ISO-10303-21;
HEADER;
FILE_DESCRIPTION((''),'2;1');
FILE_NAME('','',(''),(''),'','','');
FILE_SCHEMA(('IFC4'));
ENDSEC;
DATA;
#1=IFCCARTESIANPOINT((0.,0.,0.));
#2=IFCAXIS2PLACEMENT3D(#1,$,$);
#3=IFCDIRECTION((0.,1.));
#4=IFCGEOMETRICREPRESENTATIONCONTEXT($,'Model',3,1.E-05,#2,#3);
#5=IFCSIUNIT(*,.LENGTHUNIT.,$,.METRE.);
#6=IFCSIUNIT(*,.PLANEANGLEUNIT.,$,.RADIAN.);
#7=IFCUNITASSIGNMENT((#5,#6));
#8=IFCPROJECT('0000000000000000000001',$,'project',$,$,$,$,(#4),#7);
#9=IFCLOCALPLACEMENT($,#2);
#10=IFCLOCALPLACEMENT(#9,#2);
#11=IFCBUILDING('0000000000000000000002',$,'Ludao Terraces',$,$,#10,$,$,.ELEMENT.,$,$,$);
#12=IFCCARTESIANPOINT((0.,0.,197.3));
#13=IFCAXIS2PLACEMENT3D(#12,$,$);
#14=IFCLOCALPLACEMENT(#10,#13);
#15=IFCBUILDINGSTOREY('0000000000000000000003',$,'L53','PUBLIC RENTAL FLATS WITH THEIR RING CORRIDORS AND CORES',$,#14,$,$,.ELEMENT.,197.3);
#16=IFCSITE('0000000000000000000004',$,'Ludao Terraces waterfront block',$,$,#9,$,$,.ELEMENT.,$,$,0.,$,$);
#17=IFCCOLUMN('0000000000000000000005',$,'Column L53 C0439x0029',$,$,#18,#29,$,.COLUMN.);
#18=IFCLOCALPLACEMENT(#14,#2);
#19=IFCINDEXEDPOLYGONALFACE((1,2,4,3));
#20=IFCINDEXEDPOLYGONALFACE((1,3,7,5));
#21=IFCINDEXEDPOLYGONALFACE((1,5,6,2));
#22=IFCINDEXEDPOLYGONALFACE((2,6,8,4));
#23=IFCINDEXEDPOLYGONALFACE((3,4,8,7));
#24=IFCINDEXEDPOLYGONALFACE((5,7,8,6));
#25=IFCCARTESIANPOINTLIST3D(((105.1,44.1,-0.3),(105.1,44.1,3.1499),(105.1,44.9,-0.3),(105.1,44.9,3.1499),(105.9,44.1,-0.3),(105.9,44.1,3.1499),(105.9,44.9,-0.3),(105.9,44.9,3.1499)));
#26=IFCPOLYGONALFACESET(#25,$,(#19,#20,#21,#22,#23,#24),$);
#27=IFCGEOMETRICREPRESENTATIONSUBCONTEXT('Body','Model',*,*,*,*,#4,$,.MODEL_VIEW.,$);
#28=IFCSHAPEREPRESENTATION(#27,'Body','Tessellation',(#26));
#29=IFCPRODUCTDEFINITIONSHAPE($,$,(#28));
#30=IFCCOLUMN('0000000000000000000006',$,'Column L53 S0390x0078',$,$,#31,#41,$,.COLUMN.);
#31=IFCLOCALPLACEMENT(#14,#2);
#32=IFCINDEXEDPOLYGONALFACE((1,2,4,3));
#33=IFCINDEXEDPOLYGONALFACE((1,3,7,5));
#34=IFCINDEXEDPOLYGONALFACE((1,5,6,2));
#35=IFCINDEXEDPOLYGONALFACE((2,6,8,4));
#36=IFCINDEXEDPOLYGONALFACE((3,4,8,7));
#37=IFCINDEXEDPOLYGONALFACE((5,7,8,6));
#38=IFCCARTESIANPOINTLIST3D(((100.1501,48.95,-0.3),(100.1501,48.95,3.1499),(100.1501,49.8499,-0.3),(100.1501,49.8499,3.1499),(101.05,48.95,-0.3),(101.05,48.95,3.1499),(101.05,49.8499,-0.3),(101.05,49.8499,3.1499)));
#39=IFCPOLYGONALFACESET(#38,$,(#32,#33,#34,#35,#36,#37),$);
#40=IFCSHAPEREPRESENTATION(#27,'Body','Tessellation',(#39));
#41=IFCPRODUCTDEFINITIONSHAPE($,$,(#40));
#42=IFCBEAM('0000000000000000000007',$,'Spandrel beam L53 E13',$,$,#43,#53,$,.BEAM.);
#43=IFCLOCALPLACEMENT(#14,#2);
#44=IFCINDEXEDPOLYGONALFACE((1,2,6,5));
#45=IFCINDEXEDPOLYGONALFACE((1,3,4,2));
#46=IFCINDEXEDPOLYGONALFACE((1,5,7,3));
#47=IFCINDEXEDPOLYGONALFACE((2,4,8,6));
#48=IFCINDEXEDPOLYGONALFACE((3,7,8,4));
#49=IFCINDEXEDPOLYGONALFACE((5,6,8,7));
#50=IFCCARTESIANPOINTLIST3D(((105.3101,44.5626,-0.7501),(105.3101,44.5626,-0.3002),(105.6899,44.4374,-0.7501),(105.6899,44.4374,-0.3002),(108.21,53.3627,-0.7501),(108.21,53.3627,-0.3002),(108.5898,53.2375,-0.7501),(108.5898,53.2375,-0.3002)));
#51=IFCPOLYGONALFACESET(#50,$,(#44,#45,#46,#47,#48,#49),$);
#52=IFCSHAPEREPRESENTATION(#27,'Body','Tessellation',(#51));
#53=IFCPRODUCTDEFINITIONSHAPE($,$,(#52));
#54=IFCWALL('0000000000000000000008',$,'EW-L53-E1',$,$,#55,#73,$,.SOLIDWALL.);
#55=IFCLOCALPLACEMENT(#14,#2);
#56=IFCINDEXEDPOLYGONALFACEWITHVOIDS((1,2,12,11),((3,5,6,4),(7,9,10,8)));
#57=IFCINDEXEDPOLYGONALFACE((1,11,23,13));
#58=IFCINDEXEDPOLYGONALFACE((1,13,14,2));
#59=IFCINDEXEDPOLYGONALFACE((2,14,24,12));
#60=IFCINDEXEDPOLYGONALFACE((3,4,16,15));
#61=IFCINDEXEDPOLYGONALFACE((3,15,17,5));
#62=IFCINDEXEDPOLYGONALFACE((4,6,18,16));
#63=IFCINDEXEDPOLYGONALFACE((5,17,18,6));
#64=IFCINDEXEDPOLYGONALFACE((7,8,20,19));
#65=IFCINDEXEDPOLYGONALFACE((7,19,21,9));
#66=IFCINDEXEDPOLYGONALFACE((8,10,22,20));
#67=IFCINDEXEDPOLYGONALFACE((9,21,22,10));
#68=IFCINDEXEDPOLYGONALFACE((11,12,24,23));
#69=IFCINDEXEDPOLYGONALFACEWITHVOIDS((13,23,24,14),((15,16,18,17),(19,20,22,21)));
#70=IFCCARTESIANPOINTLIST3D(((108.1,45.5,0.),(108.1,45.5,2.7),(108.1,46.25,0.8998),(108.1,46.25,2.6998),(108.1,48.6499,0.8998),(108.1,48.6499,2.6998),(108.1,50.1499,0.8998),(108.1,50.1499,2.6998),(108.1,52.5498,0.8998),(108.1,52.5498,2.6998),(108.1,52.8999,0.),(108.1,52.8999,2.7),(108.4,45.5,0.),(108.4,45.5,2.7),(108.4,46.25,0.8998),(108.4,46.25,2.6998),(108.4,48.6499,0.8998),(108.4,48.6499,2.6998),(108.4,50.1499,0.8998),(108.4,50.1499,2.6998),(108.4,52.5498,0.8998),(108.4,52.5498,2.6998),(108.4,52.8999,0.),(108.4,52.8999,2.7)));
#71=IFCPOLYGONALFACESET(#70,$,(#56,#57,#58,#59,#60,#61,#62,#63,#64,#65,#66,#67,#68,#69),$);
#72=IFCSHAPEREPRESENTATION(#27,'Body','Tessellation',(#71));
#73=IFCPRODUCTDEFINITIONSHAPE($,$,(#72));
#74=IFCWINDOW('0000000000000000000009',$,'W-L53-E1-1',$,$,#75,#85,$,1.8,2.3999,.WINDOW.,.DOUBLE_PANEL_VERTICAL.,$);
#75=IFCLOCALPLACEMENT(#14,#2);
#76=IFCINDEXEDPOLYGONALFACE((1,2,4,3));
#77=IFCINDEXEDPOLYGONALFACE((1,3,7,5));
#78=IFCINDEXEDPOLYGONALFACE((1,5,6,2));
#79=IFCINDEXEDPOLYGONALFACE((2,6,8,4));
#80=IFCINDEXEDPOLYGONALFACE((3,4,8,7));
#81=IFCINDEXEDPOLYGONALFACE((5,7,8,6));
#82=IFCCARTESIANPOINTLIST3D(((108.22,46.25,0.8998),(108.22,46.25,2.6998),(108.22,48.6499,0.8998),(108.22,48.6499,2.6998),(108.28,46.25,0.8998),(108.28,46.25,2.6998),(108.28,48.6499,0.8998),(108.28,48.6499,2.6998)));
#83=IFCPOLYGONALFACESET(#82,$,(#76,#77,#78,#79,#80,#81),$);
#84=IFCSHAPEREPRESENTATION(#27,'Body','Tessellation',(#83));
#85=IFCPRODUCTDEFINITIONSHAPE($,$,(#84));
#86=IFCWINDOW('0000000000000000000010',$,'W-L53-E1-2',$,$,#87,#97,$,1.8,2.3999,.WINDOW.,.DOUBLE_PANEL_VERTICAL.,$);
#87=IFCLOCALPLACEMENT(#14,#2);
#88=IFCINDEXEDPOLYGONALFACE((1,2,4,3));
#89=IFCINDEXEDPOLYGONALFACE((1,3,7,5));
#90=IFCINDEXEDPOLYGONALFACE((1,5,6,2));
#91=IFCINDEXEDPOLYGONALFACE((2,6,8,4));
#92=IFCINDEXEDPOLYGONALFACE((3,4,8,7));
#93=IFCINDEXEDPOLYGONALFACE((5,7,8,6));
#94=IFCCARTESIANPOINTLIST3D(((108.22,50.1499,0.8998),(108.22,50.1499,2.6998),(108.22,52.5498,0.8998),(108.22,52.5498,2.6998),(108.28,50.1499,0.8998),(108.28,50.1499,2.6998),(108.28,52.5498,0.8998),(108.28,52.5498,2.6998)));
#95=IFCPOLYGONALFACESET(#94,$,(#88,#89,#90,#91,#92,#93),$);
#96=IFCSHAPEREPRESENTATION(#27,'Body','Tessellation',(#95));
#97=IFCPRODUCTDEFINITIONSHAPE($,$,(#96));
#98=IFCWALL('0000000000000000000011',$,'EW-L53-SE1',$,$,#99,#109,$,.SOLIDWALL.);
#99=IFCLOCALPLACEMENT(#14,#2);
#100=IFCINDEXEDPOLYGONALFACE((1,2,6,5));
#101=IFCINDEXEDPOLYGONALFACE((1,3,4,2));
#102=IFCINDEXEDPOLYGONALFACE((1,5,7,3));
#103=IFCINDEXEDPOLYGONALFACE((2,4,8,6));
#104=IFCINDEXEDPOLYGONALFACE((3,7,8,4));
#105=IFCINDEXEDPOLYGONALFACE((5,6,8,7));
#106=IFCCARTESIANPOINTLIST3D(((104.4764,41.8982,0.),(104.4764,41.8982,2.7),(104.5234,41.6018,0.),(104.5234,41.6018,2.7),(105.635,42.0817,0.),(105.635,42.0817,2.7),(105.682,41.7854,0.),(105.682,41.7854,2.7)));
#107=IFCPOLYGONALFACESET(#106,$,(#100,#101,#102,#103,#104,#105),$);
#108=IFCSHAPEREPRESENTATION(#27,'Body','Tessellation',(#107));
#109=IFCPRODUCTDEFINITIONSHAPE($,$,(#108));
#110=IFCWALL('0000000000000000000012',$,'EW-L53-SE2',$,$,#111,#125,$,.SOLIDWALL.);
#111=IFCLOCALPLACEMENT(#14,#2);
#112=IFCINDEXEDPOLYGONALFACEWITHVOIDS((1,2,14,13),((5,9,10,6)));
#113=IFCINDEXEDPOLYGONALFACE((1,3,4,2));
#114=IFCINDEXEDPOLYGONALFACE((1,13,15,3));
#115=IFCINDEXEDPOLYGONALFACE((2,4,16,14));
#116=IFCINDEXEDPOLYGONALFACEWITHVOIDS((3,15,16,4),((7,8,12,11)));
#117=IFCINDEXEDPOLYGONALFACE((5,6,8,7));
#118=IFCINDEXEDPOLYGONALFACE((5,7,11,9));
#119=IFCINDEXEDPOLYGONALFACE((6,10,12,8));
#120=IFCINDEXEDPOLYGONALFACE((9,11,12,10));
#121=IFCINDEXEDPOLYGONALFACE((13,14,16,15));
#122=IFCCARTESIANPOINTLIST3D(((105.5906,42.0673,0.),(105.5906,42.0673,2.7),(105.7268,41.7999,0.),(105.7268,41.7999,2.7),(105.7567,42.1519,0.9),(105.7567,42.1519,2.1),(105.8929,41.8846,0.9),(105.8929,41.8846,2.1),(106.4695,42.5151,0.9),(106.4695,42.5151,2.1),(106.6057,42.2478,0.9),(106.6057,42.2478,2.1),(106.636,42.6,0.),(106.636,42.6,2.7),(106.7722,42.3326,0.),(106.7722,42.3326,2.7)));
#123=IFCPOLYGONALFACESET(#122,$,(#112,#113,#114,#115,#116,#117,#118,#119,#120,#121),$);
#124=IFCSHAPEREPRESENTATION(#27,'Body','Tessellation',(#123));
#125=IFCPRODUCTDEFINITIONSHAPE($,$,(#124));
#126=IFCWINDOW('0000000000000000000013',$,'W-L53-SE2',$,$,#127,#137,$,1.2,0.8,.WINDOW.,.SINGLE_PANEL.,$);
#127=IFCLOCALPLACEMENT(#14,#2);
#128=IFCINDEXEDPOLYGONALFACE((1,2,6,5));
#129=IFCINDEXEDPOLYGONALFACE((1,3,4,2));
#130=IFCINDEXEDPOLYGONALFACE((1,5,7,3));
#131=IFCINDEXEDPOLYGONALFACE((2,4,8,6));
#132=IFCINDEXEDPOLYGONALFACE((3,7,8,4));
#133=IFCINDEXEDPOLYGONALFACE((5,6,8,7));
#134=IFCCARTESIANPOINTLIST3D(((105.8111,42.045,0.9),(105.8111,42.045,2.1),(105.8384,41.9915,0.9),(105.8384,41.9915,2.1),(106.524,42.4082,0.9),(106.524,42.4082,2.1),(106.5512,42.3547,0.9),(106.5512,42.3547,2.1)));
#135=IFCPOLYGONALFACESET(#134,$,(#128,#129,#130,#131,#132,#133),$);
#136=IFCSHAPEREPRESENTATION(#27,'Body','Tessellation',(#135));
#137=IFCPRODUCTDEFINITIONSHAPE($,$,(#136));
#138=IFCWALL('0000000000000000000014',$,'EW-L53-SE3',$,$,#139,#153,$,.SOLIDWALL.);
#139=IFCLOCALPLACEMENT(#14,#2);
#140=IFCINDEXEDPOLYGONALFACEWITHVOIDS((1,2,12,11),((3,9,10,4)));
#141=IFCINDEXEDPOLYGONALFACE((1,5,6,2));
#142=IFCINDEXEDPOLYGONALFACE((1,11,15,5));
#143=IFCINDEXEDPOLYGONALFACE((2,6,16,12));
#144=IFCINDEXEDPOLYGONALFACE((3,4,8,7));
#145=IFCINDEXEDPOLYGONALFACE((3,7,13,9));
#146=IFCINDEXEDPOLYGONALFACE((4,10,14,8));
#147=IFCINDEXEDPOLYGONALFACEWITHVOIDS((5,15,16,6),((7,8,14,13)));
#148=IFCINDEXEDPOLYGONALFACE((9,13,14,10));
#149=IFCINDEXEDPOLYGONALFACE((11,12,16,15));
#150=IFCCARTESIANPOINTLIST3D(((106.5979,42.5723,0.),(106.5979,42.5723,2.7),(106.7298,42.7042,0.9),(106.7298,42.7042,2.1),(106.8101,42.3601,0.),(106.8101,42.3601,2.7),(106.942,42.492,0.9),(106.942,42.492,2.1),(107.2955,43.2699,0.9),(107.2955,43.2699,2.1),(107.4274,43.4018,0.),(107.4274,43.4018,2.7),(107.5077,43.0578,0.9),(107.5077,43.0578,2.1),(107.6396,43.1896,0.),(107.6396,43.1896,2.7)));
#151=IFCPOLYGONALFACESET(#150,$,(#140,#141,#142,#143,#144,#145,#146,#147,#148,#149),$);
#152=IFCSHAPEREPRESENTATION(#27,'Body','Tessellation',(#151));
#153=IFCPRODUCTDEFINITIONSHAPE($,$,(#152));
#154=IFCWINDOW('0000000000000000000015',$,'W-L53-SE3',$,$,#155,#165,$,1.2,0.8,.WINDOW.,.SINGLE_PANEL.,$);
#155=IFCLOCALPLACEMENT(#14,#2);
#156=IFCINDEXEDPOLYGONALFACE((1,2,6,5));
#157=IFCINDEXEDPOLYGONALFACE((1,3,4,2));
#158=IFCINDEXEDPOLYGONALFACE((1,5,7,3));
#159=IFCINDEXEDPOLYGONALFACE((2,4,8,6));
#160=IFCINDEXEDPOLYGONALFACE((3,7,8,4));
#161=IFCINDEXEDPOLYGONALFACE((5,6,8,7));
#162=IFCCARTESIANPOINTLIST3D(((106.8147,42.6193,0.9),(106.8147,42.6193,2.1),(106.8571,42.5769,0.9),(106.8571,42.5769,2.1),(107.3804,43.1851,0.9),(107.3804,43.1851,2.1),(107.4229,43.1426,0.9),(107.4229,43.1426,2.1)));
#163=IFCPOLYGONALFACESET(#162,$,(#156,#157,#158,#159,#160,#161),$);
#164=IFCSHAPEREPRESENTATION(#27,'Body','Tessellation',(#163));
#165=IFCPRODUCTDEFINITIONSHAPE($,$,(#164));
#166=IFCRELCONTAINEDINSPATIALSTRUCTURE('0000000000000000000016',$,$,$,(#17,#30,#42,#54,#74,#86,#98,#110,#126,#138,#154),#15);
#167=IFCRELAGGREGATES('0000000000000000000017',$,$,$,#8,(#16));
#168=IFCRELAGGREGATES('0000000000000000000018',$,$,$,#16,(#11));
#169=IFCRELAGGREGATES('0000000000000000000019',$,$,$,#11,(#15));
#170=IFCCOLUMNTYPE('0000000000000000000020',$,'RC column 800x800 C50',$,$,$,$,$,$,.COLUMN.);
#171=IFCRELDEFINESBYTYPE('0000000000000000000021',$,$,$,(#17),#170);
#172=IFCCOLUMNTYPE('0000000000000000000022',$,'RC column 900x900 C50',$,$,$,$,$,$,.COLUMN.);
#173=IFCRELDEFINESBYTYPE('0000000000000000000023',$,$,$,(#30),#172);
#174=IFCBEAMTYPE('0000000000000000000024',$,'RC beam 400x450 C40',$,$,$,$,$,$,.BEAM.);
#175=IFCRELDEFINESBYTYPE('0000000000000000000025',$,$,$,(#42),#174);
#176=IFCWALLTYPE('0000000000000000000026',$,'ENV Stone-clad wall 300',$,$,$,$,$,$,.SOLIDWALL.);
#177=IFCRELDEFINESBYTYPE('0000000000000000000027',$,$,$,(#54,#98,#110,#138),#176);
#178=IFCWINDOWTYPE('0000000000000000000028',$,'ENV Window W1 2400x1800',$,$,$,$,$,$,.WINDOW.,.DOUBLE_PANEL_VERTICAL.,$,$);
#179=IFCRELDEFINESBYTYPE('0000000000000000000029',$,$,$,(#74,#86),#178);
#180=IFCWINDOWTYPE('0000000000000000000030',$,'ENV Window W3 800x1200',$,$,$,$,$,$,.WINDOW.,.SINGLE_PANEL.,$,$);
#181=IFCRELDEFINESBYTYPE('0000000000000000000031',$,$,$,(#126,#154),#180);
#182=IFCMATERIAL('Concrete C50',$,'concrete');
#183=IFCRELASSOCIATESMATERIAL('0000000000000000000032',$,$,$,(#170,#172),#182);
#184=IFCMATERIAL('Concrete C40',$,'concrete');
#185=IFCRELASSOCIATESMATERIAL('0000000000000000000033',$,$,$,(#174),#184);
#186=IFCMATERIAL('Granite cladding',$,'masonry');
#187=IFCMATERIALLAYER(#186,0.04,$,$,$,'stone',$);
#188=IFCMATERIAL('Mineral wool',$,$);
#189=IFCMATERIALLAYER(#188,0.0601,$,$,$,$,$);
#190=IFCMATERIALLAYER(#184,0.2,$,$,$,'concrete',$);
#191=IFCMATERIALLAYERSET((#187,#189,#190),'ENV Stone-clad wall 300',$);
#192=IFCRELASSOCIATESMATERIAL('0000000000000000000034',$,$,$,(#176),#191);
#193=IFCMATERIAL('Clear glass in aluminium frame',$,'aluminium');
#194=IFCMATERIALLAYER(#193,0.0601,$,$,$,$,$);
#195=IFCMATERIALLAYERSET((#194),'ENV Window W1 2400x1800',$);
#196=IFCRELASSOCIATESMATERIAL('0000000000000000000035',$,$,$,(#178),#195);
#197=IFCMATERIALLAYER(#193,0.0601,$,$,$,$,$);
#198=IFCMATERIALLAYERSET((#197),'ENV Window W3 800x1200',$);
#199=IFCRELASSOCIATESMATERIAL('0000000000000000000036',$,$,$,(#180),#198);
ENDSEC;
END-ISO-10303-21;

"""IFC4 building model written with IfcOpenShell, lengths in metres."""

from ifc_helpers import new_model, si_unit, direction, frame, frame_2d, origin, origin_2d, place, context, subcontext, project, spatial, rectangle, extrude, material, layer, layer_set, material_profile, profile_set, type_object, element, fill, save


model = new_model("IFC4")

# Units and contexts
model_context = context("Model", 3, precision=1e-05, world=origin(), true_north=direction((0.0, 1.0)))
body_context = subcontext(model_context, "Body", "Model", "MODEL_VIEW")
ifc_project = project(units=[si_unit("LENGTHUNIT", "METRE"), si_unit("PLANEANGLEUNIT", "RADIAN")], contexts=[model_context])

# Site, building, storey
site_placement = place(None, origin())
site = spatial("IfcSite", under=ifc_project, at=site_placement, Name="Ludao Terraces waterfront block", CompositionType="ELEMENT", RefElevation=0.0)
building_placement = place(site_placement, origin())
building = spatial("IfcBuilding", under=site, at=building_placement, Name="Ludao Terraces", CompositionType="ELEMENT")
storey_placement = place(building_placement, frame((0.0, 0.0, 197.3)))
storey = spatial("IfcBuildingStorey", under=building, at=storey_placement, Name="L53", Description="PUBLIC RENTAL FLATS WITH THEIR RING CORRIDORS AND CORES", CompositionType="ELEMENT", Elevation=197.3)

# Columns
ifc_material_1 = material(Name="Concrete C50", Category="concrete")
ifc_material_profile_1 = material_profile(ifc_material_1, rectangle(XDim=0.8, YDim=0.8, at=origin_2d()), Name="800 X 800")
ifc_profile_set_1 = profile_set([ifc_material_profile_1], Name="Concrete C50")
column_type_1 = type_object("IfcColumnType", Name="RC column 800x800 C50", PredefinedType="COLUMN", material=ifc_profile_set_1)
column_1_placement = place(storey_placement, frame((105.5, 44.5, -0.3), z_axis=(0.0, 0.0, 1.0), x_axis=(1.0, 0.0, 0.0)))
element("IfcColumn", 1, at=column_1_placement, inside=storey, type_object=column_type_1, Name="Column L53 C0439x0029", PredefinedType="COLUMN", context=body_context, shape_type="SweptSolid", body=[
    extrude(rectangle(XDim=0.8, YDim=0.8, at=origin_2d()), origin(), (0.0, 0.0, 1.0), 3.45),
])
ifc_material_profile_2 = material_profile(ifc_material_1, rectangle(XDim=0.8999, YDim=0.8999, at=origin_2d()), Name="900 X 900")
ifc_profile_set_2 = profile_set([ifc_material_profile_2], Name="Concrete C50")
column_type_2 = type_object("IfcColumnType", Name="RC column 900x900 C50", PredefinedType="COLUMN", material=ifc_profile_set_2)
column_2_placement = place(storey_placement, frame((100.6001, 49.3999, -0.3), z_axis=(0.0, 0.0, 1.0), x_axis=(1.0, 0.0, 0.0)))
element("IfcColumn", 2, at=column_2_placement, inside=storey, type_object=column_type_2, Name="Column L53 S0390x0078", PredefinedType="COLUMN", context=body_context, shape_type="SweptSolid", body=[
    extrude(rectangle(XDim=0.8999, YDim=0.8999, at=origin_2d()), origin(), (0.0, 0.0, 1.0), 3.45),
])

# Beam
ifc_material_2 = material(Name="Concrete C40", Category="concrete")
ifc_material_profile_3 = material_profile(ifc_material_2, rectangle(XDim=0.3999, YDim=0.45, at=origin_2d()), Name="400 X 450")
ifc_profile_set_3 = profile_set([ifc_material_profile_3], Name="Concrete C40")
beam_type = type_object("IfcBeamType", Name="RC beam 400x450 C40", PredefinedType="BEAM", material=ifc_profile_set_3)
beam_placement = place(storey_placement, frame((105.5, 44.5, -0.5251), z_axis=(0.312977, 0.949761, 0.0), x_axis=(-0.949761, 0.312977, 0.0)))
element("IfcBeam", 3, at=beam_placement, inside=storey, type_object=beam_type, Name="Spandrel beam L53 E13", PredefinedType="BEAM", context=body_context, shape_type="SweptSolid", body=[
    extrude(rectangle(XDim=0.3999, YDim=0.45, at=origin_2d()), origin(), (0.0, 0.0, 1.0), 9.2656),
])

# Wall, openings, windows
ifc_material_3 = material(Name="Granite cladding", Category="masonry")
ifc_layer_1 = layer(ifc_material_3, 0.04, Category="stone")
ifc_material_4 = material(Name="Mineral wool")
ifc_layer_2 = layer(ifc_material_4, 0.0601)
ifc_layer_3 = layer(ifc_material_2, 0.2, Category="concrete")
ifc_layer_set_1 = layer_set([ifc_layer_1, ifc_layer_2, ifc_layer_3], Name="ENV Stone-clad wall 300")
wall_type_1 = type_object("IfcWallType", Name="ENV Stone-clad wall 300", PredefinedType="SOLIDWALL", material=ifc_layer_set_1)
wall_1_placement = place(storey_placement, frame((108.25, 45.5, 0.0), z_axis=(0.0, 0.0, 1.0), x_axis=(0.0, 1.0, 0.0)))
wall_1 = element("IfcWall", 4, at=wall_1_placement, inside=storey, type_object=wall_type_1, Name="EW-L53-E1", PredefinedType="SOLIDWALL", context=body_context, shape_type="SweptSolid", body=[
    extrude(rectangle(XDim=7.3999, YDim=0.3, at=frame_2d((3.7, 0.0))), origin(), (0.0, 0.0, 1.0), 2.7),
])
opening_1_placement = place(wall_1_placement, frame((0.75, 0.0, 0.8999)))
opening_1 = element("IfcOpeningElement", 5, at=opening_1_placement, cuts=wall_1, PredefinedType="OPENING", context=body_context, shape_type="SweptSolid", body=[
    extrude(rectangle(XDim=2.3999, YDim=1.8, at=frame_2d((1.2, 0.8999))), frame((0.0, 0.1602, 0.0), z_axis=(0.0, -1.0, 0.0), x_axis=(1.0, 0.0, 0.0)), (0.0, 0.0, 1.0), 0.3201),
])
opening_2_placement = place(wall_1_placement, frame((4.6499, 0.0, 0.8999)))
opening_2 = element("IfcOpeningElement", 6, at=opening_2_placement, cuts=wall_1, PredefinedType="OPENING", context=body_context, shape_type="SweptSolid", body=[
    extrude(rectangle(XDim=2.3999, YDim=1.8, at=frame_2d((1.2, 0.8999))), frame((0.0, 0.1602, 0.0), z_axis=(0.0, -1.0, 0.0), x_axis=(1.0, 0.0, 0.0)), (0.0, 0.0, 1.0), 0.3201),
])
ifc_material_5 = material(Name="Clear glass in aluminium frame", Category="aluminium")
ifc_layer_4 = layer(ifc_material_5, 0.0601)
ifc_layer_set_2 = layer_set([ifc_layer_4], Name="ENV Window W1 2400x1800")
window_type_1 = type_object("IfcWindowType", Name="ENV Window W1 2400x1800", PartitioningType="DOUBLE_PANEL_VERTICAL", PredefinedType="WINDOW", material=ifc_layer_set_2)
window_1_placement = place(opening_1_placement, origin())
window_1 = element("IfcWindow", 7, at=window_1_placement, inside=storey, type_object=window_type_1, Name="W-L53-E1-1", OverallHeight=1.8, OverallWidth=2.3999, PartitioningType="DOUBLE_PANEL_VERTICAL", PredefinedType="WINDOW", context=body_context, shape_type="SweptSolid", body=[
    extrude(rectangle(XDim=2.3999, YDim=1.8, at=frame_2d((1.2, 0.8999))), frame((0.0, 0.03, 0.0), z_axis=(0.0, -1.0, 0.0), x_axis=(1.0, 0.0, 0.0)), (0.0, 0.0, 1.0), 0.0601),
])
fill(opening_1, window_1)
window_2_placement = place(opening_2_placement, origin())
window_2 = element("IfcWindow", 8, at=window_2_placement, inside=storey, type_object=window_type_1, Name="W-L53-E1-2", OverallHeight=1.8, OverallWidth=2.3999, PartitioningType="DOUBLE_PANEL_VERTICAL", PredefinedType="WINDOW", context=body_context, shape_type="SweptSolid", body=[
    extrude(rectangle(XDim=2.3999, YDim=1.8, at=frame_2d((1.2, 0.8999))), frame((0.0, 0.03, 0.0), z_axis=(0.0, -1.0, 0.0), x_axis=(1.0, 0.0, 0.0)), (0.0, 0.0, 1.0), 0.0601),
])
fill(opening_2, window_2)

# Wall
wall_2_placement = place(storey_placement, frame((104.5, 41.75, 0.0), z_axis=(0.0, 0.0, 1.0), x_axis=(0.987678, 0.156497, 0.0)))
element("IfcWall", 9, at=wall_2_placement, inside=storey, type_object=wall_type_1, Name="EW-L53-SE1", PredefinedType="SOLIDWALL", context=body_context, shape_type="SweptSolid", body=[
    extrude(rectangle(XDim=1.1731, YDim=0.3, at=frame_2d((0.5864, 0.0))), origin(), (0.0, 0.0, 1.0), 2.7),
])

# Walls, openings, windows
wall_3_placement = place(storey_placement, frame((105.6587, 41.9336, 0.0), z_axis=(0.0, 0.0, 1.0), x_axis=(0.890989, 0.454026, 0.0)))
wall_3 = element("IfcWall", 10, at=wall_3_placement, inside=storey, type_object=wall_type_1, Name="EW-L53-SE2", PredefinedType="SOLIDWALL", context=body_context, shape_type="SweptSolid", body=[
    extrude(rectangle(XDim=1.1733, YDim=0.3, at=frame_2d((0.5867, 0.0))), origin(), (0.0, 0.0, 1.0), 2.7),
])
opening_3_placement = place(wall_3_placement, frame((0.1865, 0.0, 0.8999)))
opening_3 = element("IfcOpeningElement", 11, at=opening_3_placement, cuts=wall_3, PredefinedType="OPENING", context=body_context, shape_type="SweptSolid", body=[
    extrude(rectangle(XDim=0.8, YDim=1.2, at=frame_2d((0.3999, 0.6001))), frame((0.0, 0.1602, 0.0), z_axis=(0.0, -1.0, 0.0), x_axis=(1.0, 0.0, 0.0)), (0.0, 0.0, 1.0), 0.3201),
])
ifc_layer_5 = layer(ifc_material_5, 0.0601)
ifc_layer_set_3 = layer_set([ifc_layer_5], Name="ENV Window W3 800x1200")
window_type_2 = type_object("IfcWindowType", Name="ENV Window W3 800x1200", PartitioningType="SINGLE_PANEL", PredefinedType="WINDOW", material=ifc_layer_set_3)
window_3_placement = place(opening_3_placement, origin())
window_3 = element("IfcWindow", 12, at=window_3_placement, inside=storey, type_object=window_type_2, Name="W-L53-SE2", OverallHeight=1.2, OverallWidth=0.8, PartitioningType="SINGLE_PANEL", PredefinedType="WINDOW", context=body_context, shape_type="SweptSolid", body=[
    extrude(rectangle(XDim=0.8, YDim=1.2, at=frame_2d((0.3999, 0.6001))), frame((0.0, 0.03, 0.0), z_axis=(0.0, -1.0, 0.0), x_axis=(1.0, 0.0, 0.0)), (0.0, 0.0, 1.0), 0.0601),
])
fill(opening_3, window_3)
wall_4_placement = place(storey_placement, frame((106.7041, 42.4663, 0.0), z_axis=(0.0, 0.0, 1.0), x_axis=(0.707107, 0.707107, 0.0)))
wall_4 = element("IfcWall", 13, at=wall_4_placement, inside=storey, type_object=wall_type_1, Name="EW-L53-SE3", PredefinedType="SOLIDWALL", context=body_context, shape_type="SweptSolid", body=[
    extrude(rectangle(XDim=1.1731, YDim=0.3, at=frame_2d((0.5864, 0.0))), origin(), (0.0, 0.0, 1.0), 2.7),
])
opening_4_placement = place(wall_4_placement, frame((0.1865, 0.0, 0.8999)))
opening_4 = element("IfcOpeningElement", 14, at=opening_4_placement, cuts=wall_4, PredefinedType="OPENING", context=body_context, shape_type="SweptSolid", body=[
    extrude(rectangle(XDim=0.8, YDim=1.2, at=frame_2d((0.3999, 0.6001))), frame((0.0, 0.1602, 0.0), z_axis=(0.0, -1.0, 0.0), x_axis=(1.0, 0.0, 0.0)), (0.0, 0.0, 1.0), 0.3201),
])
window_4_placement = place(opening_4_placement, origin())
window_4 = element("IfcWindow", 15, at=window_4_placement, inside=storey, type_object=window_type_2, Name="W-L53-SE3", OverallHeight=1.2, OverallWidth=0.8, PartitioningType="SINGLE_PANEL", PredefinedType="WINDOW", context=body_context, shape_type="SweptSolid", body=[
    extrude(rectangle(XDim=0.8, YDim=1.2, at=frame_2d((0.3999, 0.6001))), frame((0.0, 0.03, 0.0), z_axis=(0.0, -1.0, 0.0), x_axis=(1.0, 0.0, 0.0)), (0.0, 0.0, 1.0), 0.0601),
])
fill(opening_4, window_4)

save(model, "model.ifc")
